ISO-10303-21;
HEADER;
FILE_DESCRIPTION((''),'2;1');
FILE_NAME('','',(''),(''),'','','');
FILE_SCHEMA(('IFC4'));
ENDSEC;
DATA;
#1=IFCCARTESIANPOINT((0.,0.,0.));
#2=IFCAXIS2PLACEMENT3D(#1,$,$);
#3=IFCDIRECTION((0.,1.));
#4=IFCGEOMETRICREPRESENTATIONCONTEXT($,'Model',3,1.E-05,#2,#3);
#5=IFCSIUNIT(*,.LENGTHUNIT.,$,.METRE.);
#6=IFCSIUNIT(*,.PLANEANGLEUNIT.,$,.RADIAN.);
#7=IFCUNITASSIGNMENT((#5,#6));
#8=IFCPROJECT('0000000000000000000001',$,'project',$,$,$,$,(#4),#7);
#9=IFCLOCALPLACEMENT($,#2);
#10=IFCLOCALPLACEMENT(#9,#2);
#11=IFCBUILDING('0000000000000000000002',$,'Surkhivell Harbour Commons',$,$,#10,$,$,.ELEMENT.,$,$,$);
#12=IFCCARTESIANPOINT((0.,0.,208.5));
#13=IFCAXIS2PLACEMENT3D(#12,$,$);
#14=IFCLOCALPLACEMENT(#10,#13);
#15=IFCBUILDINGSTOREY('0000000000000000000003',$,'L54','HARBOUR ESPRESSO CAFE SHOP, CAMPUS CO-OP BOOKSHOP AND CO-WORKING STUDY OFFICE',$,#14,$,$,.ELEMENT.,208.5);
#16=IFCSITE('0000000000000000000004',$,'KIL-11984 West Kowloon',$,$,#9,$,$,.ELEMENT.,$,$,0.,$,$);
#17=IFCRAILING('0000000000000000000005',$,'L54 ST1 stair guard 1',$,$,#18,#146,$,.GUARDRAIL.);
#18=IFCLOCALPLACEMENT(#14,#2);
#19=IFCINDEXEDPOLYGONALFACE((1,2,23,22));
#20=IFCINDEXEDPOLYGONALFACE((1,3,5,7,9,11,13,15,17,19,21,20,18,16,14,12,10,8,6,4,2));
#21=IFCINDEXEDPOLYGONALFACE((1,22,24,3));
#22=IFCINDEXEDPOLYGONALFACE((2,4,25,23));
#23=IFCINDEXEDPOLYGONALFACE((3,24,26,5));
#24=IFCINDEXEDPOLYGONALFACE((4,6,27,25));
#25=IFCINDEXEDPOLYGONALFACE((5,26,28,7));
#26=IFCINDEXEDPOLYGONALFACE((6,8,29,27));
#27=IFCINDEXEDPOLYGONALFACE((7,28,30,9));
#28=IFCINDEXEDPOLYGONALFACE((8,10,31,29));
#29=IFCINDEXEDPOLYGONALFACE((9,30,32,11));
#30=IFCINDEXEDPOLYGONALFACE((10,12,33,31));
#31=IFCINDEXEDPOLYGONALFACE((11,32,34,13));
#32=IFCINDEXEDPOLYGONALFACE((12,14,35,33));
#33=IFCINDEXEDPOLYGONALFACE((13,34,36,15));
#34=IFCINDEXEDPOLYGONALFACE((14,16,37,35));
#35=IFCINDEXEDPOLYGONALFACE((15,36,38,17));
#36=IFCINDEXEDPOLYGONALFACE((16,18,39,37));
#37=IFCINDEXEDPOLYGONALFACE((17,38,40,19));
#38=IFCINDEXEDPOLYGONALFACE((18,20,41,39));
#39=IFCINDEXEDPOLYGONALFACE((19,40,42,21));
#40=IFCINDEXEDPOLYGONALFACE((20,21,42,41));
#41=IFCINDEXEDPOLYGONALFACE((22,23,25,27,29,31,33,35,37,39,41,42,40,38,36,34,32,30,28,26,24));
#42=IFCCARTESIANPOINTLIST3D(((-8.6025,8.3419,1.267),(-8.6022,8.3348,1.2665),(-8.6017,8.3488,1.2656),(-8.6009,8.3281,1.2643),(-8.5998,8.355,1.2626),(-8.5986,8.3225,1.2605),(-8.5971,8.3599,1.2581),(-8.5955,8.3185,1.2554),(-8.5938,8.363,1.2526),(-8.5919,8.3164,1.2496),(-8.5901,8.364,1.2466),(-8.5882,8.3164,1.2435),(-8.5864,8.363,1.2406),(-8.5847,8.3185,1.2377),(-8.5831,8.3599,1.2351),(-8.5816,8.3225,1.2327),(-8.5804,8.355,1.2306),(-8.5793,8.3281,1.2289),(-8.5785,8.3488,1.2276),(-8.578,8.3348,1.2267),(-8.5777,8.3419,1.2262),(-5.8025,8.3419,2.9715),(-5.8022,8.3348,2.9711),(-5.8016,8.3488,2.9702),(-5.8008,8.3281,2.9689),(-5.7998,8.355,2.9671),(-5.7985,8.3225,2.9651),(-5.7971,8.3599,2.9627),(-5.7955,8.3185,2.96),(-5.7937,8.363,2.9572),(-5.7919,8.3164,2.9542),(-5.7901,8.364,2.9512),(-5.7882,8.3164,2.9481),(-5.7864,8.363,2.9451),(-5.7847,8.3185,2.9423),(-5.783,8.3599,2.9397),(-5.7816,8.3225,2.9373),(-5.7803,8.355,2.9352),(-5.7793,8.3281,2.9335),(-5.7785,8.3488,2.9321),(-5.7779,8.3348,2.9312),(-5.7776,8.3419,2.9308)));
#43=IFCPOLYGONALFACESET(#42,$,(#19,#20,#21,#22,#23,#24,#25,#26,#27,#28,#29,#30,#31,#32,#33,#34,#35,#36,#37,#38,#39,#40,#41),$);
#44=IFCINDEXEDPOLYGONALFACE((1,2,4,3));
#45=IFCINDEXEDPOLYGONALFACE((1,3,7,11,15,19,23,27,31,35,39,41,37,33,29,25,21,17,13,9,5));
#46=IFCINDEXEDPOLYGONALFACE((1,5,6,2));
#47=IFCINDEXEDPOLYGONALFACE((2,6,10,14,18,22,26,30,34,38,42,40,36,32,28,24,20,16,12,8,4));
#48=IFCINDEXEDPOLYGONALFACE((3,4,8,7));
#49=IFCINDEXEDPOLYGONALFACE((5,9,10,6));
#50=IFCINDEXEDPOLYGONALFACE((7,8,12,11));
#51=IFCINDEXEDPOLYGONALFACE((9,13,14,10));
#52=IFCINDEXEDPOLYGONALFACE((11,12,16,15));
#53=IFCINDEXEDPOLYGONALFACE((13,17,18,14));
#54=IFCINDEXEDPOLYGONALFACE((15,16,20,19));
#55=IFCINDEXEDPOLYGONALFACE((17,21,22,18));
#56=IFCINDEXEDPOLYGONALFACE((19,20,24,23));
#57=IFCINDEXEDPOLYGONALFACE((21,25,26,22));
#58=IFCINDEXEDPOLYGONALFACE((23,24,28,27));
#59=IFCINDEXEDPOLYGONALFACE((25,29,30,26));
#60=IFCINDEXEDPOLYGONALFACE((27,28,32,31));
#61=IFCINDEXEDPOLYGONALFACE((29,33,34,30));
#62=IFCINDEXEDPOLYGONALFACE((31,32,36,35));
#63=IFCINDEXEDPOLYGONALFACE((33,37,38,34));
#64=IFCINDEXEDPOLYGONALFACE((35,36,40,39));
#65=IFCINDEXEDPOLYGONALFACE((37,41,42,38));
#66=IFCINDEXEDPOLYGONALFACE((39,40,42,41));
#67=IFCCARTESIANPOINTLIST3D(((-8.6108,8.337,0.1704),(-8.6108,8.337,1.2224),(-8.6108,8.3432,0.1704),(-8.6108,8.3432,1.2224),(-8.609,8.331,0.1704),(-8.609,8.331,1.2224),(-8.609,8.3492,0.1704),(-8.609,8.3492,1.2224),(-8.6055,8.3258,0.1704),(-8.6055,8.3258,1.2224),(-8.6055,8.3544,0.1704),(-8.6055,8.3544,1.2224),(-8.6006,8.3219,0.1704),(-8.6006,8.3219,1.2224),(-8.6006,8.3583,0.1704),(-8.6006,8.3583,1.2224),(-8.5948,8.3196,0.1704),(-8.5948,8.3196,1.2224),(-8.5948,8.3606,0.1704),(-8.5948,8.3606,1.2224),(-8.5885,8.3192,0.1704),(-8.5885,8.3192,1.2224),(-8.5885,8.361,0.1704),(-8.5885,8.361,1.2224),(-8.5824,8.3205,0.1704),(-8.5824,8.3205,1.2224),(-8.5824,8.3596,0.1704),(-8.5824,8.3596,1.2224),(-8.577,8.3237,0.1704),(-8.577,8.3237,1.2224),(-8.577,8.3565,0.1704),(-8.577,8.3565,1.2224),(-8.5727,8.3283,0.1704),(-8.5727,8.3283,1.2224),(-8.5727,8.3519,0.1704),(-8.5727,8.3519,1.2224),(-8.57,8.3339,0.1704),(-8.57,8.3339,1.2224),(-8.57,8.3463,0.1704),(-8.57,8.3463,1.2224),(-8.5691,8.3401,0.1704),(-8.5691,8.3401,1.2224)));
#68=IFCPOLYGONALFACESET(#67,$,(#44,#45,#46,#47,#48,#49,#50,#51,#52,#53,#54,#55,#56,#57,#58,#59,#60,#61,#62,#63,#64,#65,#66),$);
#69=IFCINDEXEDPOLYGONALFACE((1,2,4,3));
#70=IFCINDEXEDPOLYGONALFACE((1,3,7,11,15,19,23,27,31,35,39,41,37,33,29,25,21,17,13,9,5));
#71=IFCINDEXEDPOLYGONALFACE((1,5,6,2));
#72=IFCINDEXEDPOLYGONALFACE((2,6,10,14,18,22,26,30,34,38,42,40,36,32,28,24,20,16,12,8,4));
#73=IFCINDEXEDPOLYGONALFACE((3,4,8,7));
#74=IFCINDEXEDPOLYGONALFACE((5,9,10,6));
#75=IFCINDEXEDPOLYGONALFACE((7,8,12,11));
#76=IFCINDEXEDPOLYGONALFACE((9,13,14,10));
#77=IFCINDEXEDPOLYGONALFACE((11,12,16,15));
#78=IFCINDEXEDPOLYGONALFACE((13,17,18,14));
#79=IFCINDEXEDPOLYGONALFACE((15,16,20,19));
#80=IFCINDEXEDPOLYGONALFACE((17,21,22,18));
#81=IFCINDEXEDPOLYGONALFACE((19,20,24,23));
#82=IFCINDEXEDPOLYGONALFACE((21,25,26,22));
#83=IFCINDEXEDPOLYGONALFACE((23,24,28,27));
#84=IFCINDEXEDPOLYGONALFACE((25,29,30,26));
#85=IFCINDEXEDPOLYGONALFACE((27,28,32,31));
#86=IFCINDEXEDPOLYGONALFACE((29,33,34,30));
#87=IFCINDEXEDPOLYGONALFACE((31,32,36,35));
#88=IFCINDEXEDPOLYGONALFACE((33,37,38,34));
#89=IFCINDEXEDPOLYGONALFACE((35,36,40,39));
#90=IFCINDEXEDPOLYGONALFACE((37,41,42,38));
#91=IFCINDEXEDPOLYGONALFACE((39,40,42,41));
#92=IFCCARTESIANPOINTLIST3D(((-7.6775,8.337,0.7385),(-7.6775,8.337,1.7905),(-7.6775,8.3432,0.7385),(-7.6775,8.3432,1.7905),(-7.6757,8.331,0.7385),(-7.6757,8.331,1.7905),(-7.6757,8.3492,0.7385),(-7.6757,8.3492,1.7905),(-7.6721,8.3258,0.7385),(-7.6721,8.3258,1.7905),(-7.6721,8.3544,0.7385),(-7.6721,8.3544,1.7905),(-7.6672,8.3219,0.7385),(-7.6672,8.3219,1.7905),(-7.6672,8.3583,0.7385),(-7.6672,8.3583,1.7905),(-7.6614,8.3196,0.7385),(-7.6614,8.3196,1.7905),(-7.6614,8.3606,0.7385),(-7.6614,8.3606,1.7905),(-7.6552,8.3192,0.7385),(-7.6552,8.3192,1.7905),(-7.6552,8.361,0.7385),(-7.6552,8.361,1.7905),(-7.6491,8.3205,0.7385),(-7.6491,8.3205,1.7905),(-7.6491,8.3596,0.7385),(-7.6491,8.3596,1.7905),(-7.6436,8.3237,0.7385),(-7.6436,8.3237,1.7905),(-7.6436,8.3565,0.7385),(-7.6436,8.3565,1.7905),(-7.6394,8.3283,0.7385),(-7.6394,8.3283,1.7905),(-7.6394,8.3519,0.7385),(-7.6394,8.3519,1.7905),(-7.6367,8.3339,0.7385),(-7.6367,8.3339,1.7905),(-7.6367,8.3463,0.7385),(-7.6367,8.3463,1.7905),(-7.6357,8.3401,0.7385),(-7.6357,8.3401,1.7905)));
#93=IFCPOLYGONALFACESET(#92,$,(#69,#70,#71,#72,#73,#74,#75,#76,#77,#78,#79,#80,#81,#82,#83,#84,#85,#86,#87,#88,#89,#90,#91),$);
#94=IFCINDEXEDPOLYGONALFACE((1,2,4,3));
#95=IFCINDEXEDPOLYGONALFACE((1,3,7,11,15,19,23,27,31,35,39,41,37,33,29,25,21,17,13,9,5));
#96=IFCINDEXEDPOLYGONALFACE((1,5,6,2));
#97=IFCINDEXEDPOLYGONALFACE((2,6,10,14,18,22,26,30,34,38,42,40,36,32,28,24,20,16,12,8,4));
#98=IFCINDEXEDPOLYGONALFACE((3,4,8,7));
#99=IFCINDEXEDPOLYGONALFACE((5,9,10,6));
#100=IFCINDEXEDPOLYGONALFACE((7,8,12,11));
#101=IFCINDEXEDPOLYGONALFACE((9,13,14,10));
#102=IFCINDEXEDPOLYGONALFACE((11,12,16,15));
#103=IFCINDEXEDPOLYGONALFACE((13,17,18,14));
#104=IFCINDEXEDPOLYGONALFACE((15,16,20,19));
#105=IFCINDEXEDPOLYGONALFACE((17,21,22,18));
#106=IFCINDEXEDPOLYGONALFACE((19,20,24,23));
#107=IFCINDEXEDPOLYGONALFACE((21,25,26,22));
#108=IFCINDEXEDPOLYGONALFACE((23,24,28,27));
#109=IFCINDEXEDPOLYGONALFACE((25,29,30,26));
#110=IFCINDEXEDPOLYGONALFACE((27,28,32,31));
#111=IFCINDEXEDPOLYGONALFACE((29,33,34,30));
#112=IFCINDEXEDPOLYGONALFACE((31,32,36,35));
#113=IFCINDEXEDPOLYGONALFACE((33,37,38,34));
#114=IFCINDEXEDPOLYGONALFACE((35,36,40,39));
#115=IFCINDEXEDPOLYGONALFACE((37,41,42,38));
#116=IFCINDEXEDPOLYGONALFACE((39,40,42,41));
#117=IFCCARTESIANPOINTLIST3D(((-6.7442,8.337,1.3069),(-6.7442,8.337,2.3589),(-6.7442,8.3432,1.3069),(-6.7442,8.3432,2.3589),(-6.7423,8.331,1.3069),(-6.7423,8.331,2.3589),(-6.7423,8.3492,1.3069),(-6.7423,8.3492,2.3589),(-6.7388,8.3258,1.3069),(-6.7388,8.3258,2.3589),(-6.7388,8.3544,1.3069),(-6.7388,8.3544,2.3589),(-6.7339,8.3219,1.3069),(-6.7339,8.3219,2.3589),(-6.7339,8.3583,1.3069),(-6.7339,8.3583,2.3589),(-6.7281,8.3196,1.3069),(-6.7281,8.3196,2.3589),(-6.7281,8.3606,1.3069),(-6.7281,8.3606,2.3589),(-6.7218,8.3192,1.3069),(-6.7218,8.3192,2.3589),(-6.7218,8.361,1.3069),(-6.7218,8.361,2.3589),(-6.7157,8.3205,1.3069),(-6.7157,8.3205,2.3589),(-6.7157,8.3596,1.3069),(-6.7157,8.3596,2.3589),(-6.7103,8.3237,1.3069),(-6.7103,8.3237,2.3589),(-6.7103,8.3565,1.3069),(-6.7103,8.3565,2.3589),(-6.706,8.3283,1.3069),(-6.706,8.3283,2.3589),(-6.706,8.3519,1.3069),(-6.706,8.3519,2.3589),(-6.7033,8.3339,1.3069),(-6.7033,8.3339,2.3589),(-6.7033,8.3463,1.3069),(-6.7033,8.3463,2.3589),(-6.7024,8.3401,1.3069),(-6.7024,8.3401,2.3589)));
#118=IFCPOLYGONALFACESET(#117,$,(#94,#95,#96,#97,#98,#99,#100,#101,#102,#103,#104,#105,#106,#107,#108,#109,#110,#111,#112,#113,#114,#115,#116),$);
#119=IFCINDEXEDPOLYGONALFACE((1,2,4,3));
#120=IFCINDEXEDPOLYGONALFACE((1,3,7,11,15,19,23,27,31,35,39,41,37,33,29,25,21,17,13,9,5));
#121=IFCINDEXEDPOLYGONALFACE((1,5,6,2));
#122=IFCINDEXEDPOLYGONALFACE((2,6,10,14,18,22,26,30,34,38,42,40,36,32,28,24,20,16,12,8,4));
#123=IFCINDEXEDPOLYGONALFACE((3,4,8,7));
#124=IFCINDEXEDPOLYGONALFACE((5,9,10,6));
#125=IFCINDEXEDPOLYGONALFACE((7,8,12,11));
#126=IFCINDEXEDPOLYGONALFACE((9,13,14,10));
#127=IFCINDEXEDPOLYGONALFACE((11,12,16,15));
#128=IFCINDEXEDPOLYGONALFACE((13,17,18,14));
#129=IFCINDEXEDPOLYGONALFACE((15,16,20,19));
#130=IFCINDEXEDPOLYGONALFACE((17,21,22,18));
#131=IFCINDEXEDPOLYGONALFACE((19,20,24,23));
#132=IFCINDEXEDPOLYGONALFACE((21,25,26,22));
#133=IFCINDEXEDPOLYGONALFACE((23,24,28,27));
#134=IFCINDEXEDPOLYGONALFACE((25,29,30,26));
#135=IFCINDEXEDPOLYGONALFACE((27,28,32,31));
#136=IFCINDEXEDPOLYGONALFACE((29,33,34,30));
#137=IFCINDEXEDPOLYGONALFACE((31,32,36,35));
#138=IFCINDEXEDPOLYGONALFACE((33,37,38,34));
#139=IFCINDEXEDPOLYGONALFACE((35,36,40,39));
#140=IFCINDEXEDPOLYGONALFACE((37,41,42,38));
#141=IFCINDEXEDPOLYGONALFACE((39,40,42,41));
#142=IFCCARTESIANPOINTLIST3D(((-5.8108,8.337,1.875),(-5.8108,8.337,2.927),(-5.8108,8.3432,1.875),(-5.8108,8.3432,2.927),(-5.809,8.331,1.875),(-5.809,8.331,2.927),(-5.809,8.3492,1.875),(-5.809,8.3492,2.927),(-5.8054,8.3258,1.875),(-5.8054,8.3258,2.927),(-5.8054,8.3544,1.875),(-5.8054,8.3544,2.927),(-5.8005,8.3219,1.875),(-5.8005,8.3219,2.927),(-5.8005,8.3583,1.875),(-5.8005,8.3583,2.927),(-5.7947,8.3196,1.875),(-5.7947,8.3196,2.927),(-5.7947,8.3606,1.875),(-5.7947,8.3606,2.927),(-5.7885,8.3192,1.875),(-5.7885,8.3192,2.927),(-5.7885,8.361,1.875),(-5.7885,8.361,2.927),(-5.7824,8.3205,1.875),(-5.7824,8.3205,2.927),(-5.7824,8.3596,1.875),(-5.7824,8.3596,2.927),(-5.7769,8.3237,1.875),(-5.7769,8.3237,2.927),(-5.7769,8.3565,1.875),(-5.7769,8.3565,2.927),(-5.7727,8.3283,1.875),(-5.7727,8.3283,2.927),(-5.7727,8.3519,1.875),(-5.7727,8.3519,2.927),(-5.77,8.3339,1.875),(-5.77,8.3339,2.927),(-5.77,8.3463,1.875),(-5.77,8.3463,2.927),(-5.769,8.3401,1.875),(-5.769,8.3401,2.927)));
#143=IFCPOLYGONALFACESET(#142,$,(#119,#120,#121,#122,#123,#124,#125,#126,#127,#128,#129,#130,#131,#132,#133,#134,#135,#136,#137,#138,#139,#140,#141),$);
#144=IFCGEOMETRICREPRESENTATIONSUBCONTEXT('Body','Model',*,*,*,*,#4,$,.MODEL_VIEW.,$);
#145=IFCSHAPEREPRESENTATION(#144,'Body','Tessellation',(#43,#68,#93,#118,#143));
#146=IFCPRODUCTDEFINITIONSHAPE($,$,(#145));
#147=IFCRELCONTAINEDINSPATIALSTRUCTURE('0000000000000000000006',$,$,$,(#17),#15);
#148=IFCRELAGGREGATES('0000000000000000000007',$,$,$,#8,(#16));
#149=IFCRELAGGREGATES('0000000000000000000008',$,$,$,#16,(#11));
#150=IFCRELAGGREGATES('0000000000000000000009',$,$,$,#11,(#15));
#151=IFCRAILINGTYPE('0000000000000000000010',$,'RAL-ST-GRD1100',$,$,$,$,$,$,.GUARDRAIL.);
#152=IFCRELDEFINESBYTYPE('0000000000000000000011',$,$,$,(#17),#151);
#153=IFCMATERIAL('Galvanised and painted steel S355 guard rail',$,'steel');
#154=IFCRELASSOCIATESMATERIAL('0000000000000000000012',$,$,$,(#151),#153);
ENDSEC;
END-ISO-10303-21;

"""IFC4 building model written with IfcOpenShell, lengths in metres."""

from ifc_helpers import new_model, si_unit, direction, frame, origin, origin_2d, place, context, subcontext, project, spatial, circle, extrude, material, type_object, element, save


model = new_model("IFC4")

# Units and contexts
model_context = context("Model", 3, precision=1e-05, world=origin(), true_north=direction((0.0, 1.0)))
body_context = subcontext(model_context, "Body", "Model", "MODEL_VIEW")
ifc_project = project(units=[si_unit("LENGTHUNIT", "METRE"), si_unit("PLANEANGLEUNIT", "RADIAN")], contexts=[model_context])

# Site, building, storey
site_placement = place(None, origin())
site = spatial("IfcSite", under=ifc_project, at=site_placement, Name="KIL-11984 West Kowloon", CompositionType="ELEMENT", RefElevation=0.0)
building_placement = place(site_placement, origin())
building = spatial("IfcBuilding", under=site, at=building_placement, Name="Surkhivell Harbour Commons", CompositionType="ELEMENT")
storey_placement = place(building_placement, frame((0.0, 0.0, 208.5)))
storey = spatial("IfcBuildingStorey", under=building, at=storey_placement, Name="L54", Description="HARBOUR ESPRESSO CAFE SHOP, CAMPUS CO-OP BOOKSHOP AND CO-WORKING STUDY OFFICE", CompositionType="ELEMENT", Elevation=208.5)

# Railing
ifc_material_1 = material(Name="Galvanised and painted steel S355 guard rail", Category="steel")
railing_type_1 = type_object("IfcRailingType", Name="RAL-ST-GRD1100", PredefinedType="GUARDRAIL", material=ifc_material_1)
railing_1_placement = place(storey_placement, frame((-8.5901, 8.3401, 0.1704)))
element("IfcRailing", 1, at=railing_1_placement, inside=storey, type_object=railing_type_1, Name="L54 ST1 stair guard 1", PredefinedType="GUARDRAIL", context=body_context, shape_type="SweptSolid", body=[
    extrude(circle(Radius=0.0239, at=origin_2d()), frame((0.0, 0.0, 1.0762), z_axis=(0.85417, 0.0, 0.519994), x_axis=(0.0, 1.0, 0.0)), (0.0, 0.0, 1.0), 3.2781),
    extrude(circle(Radius=0.021, at=origin_2d()), origin(), (0.0, 0.0, 1.0), 1.052),
    extrude(circle(Radius=0.021, at=origin_2d()), frame((0.9333, 0.0, 0.5681)), (0.0, 0.0, 1.0), 1.052),
    extrude(circle(Radius=0.021, at=origin_2d()), frame((1.8667, 0.0, 1.1365)), (0.0, 0.0, 1.0), 1.052),
    extrude(circle(Radius=0.021, at=origin_2d()), frame((2.8, 0.0, 1.7046)), (0.0, 0.0, 1.0), 1.052),
])

save(model, "model.ifc")
